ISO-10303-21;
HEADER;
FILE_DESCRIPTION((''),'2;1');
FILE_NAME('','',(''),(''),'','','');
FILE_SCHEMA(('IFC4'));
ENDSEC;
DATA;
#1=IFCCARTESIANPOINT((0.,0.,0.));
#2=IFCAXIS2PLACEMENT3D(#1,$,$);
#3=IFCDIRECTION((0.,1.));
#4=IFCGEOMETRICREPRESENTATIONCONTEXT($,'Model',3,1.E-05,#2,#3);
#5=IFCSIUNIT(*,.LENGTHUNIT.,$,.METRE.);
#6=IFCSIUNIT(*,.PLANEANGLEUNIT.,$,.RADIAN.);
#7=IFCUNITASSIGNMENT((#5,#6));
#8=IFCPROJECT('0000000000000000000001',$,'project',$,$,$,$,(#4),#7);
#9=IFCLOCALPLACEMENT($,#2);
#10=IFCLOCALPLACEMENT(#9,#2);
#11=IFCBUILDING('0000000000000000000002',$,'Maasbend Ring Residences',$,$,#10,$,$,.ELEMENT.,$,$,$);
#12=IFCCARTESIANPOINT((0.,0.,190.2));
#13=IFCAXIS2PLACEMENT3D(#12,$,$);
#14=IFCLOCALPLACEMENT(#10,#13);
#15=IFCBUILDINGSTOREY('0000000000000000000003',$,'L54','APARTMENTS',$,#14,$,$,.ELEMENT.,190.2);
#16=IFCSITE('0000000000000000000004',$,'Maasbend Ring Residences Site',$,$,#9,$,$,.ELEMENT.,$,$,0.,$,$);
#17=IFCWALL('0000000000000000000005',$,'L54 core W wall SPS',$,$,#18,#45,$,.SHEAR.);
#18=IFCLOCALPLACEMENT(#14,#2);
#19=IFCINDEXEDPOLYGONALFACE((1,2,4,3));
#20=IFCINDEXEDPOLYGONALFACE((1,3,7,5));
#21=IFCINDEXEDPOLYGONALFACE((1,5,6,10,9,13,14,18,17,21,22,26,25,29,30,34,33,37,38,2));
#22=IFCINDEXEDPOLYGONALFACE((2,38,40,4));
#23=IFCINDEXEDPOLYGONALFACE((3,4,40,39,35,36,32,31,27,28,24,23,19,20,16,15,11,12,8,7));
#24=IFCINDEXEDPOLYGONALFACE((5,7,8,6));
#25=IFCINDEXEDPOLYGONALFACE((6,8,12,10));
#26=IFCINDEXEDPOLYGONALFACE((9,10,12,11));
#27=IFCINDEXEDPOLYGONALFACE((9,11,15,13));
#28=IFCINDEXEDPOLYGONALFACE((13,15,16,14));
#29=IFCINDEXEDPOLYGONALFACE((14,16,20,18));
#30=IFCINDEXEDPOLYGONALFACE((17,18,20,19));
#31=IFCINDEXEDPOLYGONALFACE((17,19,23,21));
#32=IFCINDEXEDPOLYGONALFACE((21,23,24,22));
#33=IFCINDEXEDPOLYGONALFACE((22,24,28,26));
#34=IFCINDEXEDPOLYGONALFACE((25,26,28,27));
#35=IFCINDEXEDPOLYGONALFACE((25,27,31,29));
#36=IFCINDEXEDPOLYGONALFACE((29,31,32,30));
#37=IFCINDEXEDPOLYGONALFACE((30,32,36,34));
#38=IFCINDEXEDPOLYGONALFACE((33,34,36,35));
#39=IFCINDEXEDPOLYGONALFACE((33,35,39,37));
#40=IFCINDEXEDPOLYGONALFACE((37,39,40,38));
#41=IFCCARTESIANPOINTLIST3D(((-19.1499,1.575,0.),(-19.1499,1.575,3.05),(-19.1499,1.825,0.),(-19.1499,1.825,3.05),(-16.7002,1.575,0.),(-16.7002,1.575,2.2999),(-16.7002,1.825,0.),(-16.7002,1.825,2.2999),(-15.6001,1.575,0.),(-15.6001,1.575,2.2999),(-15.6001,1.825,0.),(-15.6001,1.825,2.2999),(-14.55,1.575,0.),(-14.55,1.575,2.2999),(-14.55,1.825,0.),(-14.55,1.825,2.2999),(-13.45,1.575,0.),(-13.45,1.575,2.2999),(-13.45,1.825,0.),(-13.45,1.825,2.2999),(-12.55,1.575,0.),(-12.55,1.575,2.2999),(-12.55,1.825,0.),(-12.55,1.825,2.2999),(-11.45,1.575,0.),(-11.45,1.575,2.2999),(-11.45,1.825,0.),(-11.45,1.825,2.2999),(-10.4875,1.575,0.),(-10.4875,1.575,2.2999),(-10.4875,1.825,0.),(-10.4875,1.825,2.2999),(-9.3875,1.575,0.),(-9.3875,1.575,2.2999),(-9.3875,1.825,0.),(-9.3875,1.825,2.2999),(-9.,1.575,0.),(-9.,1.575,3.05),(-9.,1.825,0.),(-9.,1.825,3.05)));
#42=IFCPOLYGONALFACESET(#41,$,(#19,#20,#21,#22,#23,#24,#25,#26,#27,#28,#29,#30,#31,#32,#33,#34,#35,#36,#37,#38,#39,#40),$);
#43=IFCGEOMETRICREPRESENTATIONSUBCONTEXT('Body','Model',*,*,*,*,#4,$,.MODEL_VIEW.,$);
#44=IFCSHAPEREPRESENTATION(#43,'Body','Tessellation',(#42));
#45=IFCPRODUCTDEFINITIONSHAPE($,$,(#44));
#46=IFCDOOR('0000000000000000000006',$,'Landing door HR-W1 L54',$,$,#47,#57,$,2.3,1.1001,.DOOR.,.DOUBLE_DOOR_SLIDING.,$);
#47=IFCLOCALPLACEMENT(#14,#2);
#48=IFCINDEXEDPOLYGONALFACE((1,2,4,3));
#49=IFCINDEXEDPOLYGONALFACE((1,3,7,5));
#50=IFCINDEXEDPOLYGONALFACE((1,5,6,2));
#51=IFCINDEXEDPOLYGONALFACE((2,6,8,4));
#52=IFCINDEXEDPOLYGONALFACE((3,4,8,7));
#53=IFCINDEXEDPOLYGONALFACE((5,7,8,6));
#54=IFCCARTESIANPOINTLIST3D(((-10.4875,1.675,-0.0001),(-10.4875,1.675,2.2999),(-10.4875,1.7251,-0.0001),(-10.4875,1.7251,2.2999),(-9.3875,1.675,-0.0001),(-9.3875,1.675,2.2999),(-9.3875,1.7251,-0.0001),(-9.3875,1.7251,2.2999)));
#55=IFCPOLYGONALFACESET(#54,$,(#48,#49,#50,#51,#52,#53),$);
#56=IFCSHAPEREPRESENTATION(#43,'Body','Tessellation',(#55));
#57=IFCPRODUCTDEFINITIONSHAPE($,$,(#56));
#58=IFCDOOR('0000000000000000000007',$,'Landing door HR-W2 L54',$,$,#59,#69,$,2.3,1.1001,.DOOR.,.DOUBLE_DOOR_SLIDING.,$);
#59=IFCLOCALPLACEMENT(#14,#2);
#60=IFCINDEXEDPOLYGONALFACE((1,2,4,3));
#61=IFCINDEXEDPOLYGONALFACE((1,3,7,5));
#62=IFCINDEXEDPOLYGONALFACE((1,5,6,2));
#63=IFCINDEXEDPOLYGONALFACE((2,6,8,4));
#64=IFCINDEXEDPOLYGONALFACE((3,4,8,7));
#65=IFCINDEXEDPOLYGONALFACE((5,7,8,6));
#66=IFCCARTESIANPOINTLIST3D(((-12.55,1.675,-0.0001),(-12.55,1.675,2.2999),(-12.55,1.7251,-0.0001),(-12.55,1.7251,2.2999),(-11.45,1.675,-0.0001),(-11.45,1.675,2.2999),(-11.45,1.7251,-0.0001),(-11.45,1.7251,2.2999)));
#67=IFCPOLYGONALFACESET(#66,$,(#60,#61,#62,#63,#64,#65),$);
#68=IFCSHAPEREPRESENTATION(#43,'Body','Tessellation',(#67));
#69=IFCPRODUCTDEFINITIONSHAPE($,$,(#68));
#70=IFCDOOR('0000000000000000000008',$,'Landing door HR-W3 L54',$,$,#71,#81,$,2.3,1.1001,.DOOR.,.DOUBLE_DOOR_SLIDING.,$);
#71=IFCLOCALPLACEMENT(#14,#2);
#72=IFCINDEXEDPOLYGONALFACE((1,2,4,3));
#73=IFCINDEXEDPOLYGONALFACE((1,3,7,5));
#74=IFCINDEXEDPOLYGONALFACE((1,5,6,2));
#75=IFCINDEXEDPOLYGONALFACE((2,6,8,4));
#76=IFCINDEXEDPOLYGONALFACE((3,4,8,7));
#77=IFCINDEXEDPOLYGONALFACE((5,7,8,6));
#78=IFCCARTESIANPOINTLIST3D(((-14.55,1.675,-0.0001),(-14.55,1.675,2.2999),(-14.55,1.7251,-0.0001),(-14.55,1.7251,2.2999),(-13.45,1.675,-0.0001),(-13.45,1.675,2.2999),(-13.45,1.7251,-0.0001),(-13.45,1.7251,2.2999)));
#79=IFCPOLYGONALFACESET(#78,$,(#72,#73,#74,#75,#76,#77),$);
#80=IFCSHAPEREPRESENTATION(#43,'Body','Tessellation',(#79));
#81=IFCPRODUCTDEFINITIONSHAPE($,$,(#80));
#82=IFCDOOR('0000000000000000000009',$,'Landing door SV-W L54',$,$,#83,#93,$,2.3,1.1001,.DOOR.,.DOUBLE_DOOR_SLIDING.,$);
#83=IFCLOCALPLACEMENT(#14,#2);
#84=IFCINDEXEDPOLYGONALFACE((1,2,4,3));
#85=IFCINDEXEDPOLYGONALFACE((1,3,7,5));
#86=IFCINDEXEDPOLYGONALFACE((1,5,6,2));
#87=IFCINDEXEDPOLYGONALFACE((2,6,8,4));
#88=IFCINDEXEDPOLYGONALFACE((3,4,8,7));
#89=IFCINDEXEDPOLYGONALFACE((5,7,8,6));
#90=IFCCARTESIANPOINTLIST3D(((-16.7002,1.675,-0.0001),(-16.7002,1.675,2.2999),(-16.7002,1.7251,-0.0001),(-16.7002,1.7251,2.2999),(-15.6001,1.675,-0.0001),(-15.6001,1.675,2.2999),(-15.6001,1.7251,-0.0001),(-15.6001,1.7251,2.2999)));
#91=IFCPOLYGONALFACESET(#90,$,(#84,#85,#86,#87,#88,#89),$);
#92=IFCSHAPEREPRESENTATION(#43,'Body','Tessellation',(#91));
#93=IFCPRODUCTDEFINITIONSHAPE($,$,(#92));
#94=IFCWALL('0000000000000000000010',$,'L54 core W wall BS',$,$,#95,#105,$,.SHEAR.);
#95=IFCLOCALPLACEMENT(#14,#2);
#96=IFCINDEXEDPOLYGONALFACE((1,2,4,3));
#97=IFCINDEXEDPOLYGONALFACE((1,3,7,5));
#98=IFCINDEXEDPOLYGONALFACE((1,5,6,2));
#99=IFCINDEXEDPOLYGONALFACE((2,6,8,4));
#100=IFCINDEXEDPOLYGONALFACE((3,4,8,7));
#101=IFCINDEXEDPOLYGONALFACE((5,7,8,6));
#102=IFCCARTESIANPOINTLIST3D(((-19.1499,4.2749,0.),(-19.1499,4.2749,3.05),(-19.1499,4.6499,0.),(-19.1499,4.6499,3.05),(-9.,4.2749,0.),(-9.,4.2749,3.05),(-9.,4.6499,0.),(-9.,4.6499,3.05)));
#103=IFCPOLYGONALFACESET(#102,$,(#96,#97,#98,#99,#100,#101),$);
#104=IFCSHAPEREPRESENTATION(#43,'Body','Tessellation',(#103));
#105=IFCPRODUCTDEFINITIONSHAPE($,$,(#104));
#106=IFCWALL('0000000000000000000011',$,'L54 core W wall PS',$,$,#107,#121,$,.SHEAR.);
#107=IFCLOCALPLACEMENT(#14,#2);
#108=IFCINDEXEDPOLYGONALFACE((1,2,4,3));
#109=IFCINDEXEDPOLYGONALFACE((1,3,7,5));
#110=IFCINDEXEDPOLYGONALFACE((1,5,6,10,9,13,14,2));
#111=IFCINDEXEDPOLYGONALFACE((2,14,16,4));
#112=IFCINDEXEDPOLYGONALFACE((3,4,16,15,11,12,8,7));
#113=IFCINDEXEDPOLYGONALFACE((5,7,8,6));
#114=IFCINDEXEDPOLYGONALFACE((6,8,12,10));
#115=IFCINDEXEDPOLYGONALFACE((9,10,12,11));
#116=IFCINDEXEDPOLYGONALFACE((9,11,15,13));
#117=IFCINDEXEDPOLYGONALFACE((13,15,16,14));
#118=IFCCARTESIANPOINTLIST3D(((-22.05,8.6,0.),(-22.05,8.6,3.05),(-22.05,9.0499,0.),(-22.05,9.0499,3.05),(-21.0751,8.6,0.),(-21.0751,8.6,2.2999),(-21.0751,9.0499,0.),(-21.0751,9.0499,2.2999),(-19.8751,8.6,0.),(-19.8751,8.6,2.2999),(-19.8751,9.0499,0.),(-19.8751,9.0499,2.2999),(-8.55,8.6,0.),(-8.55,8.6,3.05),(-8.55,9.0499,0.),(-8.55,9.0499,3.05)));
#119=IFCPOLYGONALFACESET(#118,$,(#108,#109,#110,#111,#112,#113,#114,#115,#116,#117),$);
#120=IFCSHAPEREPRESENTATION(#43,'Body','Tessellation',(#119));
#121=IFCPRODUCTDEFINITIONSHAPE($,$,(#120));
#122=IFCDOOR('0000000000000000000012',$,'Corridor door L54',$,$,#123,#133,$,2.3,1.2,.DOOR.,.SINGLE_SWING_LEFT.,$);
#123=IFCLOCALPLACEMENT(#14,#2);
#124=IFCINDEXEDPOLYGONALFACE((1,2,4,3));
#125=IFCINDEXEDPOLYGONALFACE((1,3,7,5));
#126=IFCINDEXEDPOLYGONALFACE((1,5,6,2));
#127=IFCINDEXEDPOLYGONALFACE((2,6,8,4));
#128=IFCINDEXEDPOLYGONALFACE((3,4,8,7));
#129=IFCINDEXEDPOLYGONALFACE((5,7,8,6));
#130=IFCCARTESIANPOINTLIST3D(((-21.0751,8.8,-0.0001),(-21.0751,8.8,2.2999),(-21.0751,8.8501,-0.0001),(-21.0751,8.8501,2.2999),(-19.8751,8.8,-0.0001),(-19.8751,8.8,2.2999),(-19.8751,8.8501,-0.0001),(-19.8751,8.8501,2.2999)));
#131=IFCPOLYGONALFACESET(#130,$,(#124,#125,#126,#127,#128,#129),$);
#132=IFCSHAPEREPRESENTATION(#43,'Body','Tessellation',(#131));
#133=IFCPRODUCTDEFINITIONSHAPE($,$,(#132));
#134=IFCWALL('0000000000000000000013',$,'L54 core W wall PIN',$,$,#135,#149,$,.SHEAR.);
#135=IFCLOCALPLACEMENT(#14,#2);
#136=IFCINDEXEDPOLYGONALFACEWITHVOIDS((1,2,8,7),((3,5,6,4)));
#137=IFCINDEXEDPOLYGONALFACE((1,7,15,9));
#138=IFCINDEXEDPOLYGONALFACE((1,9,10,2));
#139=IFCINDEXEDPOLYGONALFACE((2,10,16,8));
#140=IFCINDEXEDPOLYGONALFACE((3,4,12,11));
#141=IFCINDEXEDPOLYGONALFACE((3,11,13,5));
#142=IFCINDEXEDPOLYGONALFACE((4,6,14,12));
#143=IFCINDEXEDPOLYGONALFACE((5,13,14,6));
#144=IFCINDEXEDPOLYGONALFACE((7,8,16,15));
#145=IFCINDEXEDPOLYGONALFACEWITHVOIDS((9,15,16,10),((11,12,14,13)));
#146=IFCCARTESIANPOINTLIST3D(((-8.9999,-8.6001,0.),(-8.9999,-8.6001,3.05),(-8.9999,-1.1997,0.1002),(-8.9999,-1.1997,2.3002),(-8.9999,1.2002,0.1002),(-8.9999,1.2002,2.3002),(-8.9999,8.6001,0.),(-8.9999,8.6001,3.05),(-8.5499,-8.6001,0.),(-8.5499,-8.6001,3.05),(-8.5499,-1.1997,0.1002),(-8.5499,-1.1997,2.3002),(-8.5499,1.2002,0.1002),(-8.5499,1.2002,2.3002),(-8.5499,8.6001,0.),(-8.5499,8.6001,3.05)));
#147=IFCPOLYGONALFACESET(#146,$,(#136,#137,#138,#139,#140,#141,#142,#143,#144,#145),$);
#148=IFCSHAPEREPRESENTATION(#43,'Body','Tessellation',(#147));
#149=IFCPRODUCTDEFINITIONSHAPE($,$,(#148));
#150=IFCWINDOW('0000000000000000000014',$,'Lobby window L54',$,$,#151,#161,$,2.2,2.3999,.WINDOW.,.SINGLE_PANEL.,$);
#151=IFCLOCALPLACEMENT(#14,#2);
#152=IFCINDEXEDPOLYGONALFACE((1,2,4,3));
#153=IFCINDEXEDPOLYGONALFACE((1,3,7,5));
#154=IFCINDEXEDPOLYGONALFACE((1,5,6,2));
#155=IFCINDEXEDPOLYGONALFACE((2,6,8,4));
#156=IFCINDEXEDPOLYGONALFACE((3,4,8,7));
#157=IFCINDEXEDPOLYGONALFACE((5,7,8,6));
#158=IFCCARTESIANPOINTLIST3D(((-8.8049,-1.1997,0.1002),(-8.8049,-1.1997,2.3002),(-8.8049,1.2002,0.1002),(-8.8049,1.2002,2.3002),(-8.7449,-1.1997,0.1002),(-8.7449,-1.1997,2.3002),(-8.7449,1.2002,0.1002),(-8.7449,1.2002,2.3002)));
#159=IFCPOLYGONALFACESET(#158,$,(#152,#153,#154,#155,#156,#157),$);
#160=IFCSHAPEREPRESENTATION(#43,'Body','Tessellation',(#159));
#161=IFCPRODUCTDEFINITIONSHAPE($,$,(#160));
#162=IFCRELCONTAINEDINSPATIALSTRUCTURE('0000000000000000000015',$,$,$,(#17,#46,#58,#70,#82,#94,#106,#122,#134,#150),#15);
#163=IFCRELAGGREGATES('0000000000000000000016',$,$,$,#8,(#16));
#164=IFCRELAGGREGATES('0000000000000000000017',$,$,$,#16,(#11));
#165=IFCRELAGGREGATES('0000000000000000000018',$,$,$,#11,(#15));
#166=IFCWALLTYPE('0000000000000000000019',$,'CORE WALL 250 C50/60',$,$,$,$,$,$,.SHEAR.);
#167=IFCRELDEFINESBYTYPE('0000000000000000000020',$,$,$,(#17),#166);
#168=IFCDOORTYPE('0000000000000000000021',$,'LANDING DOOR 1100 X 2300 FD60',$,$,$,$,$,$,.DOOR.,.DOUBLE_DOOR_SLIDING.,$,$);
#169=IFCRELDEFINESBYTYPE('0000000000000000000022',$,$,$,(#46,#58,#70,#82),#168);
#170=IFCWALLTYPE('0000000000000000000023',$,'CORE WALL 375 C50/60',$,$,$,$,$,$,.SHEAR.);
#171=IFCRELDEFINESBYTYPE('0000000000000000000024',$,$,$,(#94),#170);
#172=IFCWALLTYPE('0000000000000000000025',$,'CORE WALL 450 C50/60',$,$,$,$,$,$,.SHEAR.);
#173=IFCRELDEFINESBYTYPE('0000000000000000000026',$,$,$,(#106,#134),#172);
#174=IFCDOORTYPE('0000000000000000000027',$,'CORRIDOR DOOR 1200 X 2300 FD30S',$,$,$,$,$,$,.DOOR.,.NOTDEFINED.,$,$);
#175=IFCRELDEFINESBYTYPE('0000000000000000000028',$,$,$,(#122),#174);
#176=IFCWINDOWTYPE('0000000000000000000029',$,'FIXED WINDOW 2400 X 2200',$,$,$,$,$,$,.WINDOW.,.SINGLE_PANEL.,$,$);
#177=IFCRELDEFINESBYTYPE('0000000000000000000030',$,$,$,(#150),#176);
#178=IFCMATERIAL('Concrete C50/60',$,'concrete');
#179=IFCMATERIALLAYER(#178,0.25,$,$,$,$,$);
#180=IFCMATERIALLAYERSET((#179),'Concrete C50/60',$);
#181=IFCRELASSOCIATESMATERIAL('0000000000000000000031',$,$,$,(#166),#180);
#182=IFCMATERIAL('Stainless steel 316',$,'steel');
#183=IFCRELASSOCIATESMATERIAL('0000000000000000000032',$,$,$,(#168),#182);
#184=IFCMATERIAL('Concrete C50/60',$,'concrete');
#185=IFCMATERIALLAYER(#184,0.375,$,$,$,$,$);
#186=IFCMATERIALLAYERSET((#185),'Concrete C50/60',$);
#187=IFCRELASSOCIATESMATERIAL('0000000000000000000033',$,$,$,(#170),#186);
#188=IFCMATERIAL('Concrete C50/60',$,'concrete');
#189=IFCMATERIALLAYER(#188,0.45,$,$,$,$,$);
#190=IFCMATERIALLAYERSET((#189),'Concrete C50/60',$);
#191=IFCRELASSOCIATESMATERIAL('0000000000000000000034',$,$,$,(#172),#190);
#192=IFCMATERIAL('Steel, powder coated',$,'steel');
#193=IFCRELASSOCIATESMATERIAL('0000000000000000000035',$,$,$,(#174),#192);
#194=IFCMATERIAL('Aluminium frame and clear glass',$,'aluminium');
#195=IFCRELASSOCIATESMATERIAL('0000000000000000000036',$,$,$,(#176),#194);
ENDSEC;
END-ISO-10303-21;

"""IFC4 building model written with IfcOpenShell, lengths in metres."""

from ifc_helpers import new_model, si_unit, direction, frame, frame_2d, origin, place, context, subcontext, project, spatial, rectangle, extrude, material, layer, layer_set, type_object, element, fill, save


model = new_model("IFC4")

# Units and contexts
model_context = context("Model", 3, precision=1e-05, world=origin(), true_north=direction((0.0, 1.0)))
body_context = subcontext(model_context, "Body", "Model", "MODEL_VIEW")
ifc_project = project(units=[si_unit("LENGTHUNIT", "METRE"), si_unit("PLANEANGLEUNIT", "RADIAN")], contexts=[model_context])

# Site, building, storey
site_placement = place(None, origin())
site = spatial("IfcSite", under=ifc_project, at=site_placement, Name="Maasbend Ring Residences Site", CompositionType="ELEMENT", RefElevation=0.0)
building_placement = place(site_placement, origin())
building = spatial("IfcBuilding", under=site, at=building_placement, Name="Maasbend Ring Residences", CompositionType="ELEMENT")
storey_placement = place(building_placement, frame((0.0, 0.0, 190.2)))
storey = spatial("IfcBuildingStorey", under=building, at=storey_placement, Name="L54", Description="APARTMENTS", CompositionType="ELEMENT", Elevation=190.2)

# Wall, openings, doors
ifc_material_1 = material(Name="Concrete C50/60", Category="concrete")
ifc_layer_1 = layer(ifc_material_1, 0.25)
ifc_layer_set_1 = layer_set([ifc_layer_1], Name="Concrete C50/60")
wall_type_1 = type_object("IfcWallType", Name="CORE WALL 250 C50/60", PredefinedType="SHEAR", material=ifc_layer_set_1)
wall_1_placement = place(storey_placement, frame((-9.0, 1.7, 0.0), z_axis=(0.0, 0.0, 1.0), x_axis=(-1.0, 0.0, 0.0)))
wall_1 = element("IfcWall", 1, at=wall_1_placement, inside=storey, type_object=wall_type_1, Name="L54 core W wall SPS", PredefinedType="SHEAR", context=body_context, shape_type="SweptSolid", body=[
    extrude(rectangle(XDim=10.1499, YDim=0.25, at=frame_2d((5.075, 0.0))), origin(), (0.0, 0.0, 1.0), 3.05),
])
opening_1_placement = place(wall_1_placement, frame((0.3875, 0.0, 0.0)))
opening_1 = element("IfcOpeningElement", 2, at=opening_1_placement, cuts=wall_1, PredefinedType="OPENING", context=body_context, shape_type="SweptSolid", body=[
    extrude(rectangle(XDim=1.1001, YDim=2.3, at=frame_2d((0.55, 1.1499))), frame((0.0, 0.135, 0.0), z_axis=(0.0, -1.0, 0.0), x_axis=(1.0, 0.0, 0.0)), (0.0, 0.0, 1.0), 0.27),
])
opening_2_placement = place(wall_1_placement, frame((2.45, 0.0, 0.0)))
opening_2 = element("IfcOpeningElement", 3, at=opening_2_placement, cuts=wall_1, PredefinedType="OPENING", context=body_context, shape_type="SweptSolid", body=[
    extrude(rectangle(XDim=1.1001, YDim=2.3, at=frame_2d((0.55, 1.1499))), frame((0.0, 0.135, 0.0), z_axis=(0.0, -1.0, 0.0), x_axis=(1.0, 0.0, 0.0)), (0.0, 0.0, 1.0), 0.27),
])
opening_3_placement = place(wall_1_placement, frame((4.45, 0.0, 0.0)))
opening_3 = element("IfcOpeningElement", 4, at=opening_3_placement, cuts=wall_1, PredefinedType="OPENING", context=body_context, shape_type="SweptSolid", body=[
    extrude(rectangle(XDim=1.1001, YDim=2.3, at=frame_2d((0.55, 1.1499))), frame((0.0, 0.135, 0.0), z_axis=(0.0, -1.0, 0.0), x_axis=(1.0, 0.0, 0.0)), (0.0, 0.0, 1.0), 0.27),
])
opening_4_placement = place(wall_1_placement, frame((6.6001, 0.0, 0.0)))
opening_4 = element("IfcOpeningElement", 5, at=opening_4_placement, cuts=wall_1, PredefinedType="OPENING", context=body_context, shape_type="SweptSolid", body=[
    extrude(rectangle(XDim=1.1001, YDim=2.3, at=frame_2d((0.55, 1.1499))), frame((0.0, 0.135, 0.0), z_axis=(0.0, -1.0, 0.0), x_axis=(1.0, 0.0, 0.0)), (0.0, 0.0, 1.0), 0.27),
])
ifc_material_2 = material(Name="Stainless steel 316", Category="steel")
door_type_1 = type_object("IfcDoorType", Name="LANDING DOOR 1100 X 2300 FD60", OperationType="DOUBLE_DOOR_SLIDING", PredefinedType="DOOR", material=ifc_material_2)
door_1_placement = place(opening_1_placement, origin())
door_1 = element("IfcDoor", 6, at=door_1_placement, inside=storey, type_object=door_type_1, Name="Landing door HR-W1 L54", OperationType="DOUBLE_DOOR_SLIDING", OverallHeight=2.3, OverallWidth=1.1001, PredefinedType="DOOR", context=body_context, shape_type="SweptSolid", body=[
    extrude(rectangle(XDim=1.1001, YDim=2.3, at=frame_2d((0.55, 1.1499))), frame((0.0, 0.0249, 0.0), z_axis=(0.0, -1.0, 0.0), x_axis=(1.0, 0.0, 0.0)), (0.0, 0.0, 1.0), 0.05),
])
fill(opening_1, door_1)
door_2_placement = place(opening_2_placement, origin())
door_2 = element("IfcDoor", 7, at=door_2_placement, inside=storey, type_object=door_type_1, Name="Landing door HR-W2 L54", OperationType="DOUBLE_DOOR_SLIDING", OverallHeight=2.3, OverallWidth=1.1001, PredefinedType="DOOR", context=body_context, shape_type="SweptSolid", body=[
    extrude(rectangle(XDim=1.1001, YDim=2.3, at=frame_2d((0.55, 1.1499))), frame((0.0, 0.0249, 0.0), z_axis=(0.0, -1.0, 0.0), x_axis=(1.0, 0.0, 0.0)), (0.0, 0.0, 1.0), 0.05),
])
fill(opening_2, door_2)
door_3_placement = place(opening_3_placement, origin())
door_3 = element("IfcDoor", 8, at=door_3_placement, inside=storey, type_object=door_type_1, Name="Landing door HR-W3 L54", OperationType="DOUBLE_DOOR_SLIDING", OverallHeight=2.3, OverallWidth=1.1001, PredefinedType="DOOR", context=body_context, shape_type="SweptSolid", body=[
    extrude(rectangle(XDim=1.1001, YDim=2.3, at=frame_2d((0.55, 1.1499))), frame((0.0, 0.0249, 0.0), z_axis=(0.0, -1.0, 0.0), x_axis=(1.0, 0.0, 0.0)), (0.0, 0.0, 1.0), 0.05),
])
fill(opening_3, door_3)
door_4_placement = place(opening_4_placement, origin())
door_4 = element("IfcDoor", 9, at=door_4_placement, inside=storey, type_object=door_type_1, Name="Landing door SV-W L54", OperationType="DOUBLE_DOOR_SLIDING", OverallHeight=2.3, OverallWidth=1.1001, PredefinedType="DOOR", context=body_context, shape_type="SweptSolid", body=[
    extrude(rectangle(XDim=1.1001, YDim=2.3, at=frame_2d((0.55, 1.1499))), frame((0.0, 0.0249, 0.0), z_axis=(0.0, -1.0, 0.0), x_axis=(1.0, 0.0, 0.0)), (0.0, 0.0, 1.0), 0.05),
])
fill(opening_4, door_4)

# Wall
ifc_material_3 = material(Name="Concrete C50/60", Category="concrete")
ifc_layer_2 = layer(ifc_material_3, 0.375)
ifc_layer_set_2 = layer_set([ifc_layer_2], Name="Concrete C50/60")
wall_type_2 = type_object("IfcWallType", Name="CORE WALL 375 C50/60", PredefinedType="SHEAR", material=ifc_layer_set_2)
wall_2_placement = place(storey_placement, frame((-9.0, 4.4624, 0.0), z_axis=(0.0, 0.0, 1.0), x_axis=(-1.0, 0.0, 0.0)))
element("IfcWall", 10, at=wall_2_placement, inside=storey, type_object=wall_type_2, Name="L54 core W wall BS", PredefinedType="SHEAR", context=body_context, shape_type="SweptSolid", body=[
    extrude(rectangle(XDim=10.1499, YDim=0.375, at=frame_2d((5.075, 0.0))), origin(), (0.0, 0.0, 1.0), 3.05),
])

# Wall, opening, door
ifc_material_4 = material(Name="Concrete C50/60", Category="concrete")
ifc_layer_3 = layer(ifc_material_4, 0.45)
ifc_layer_set_3 = layer_set([ifc_layer_3], Name="Concrete C50/60")
wall_type_3 = type_object("IfcWallType", Name="CORE WALL 450 C50/60", PredefinedType="SHEAR", material=ifc_layer_set_3)
wall_3_placement = place(storey_placement, frame((-8.55, 8.825, 0.0), z_axis=(0.0, 0.0, 1.0), x_axis=(-1.0, 0.0, 0.0)))
wall_3 = element("IfcWall", 11, at=wall_3_placement, inside=storey, type_object=wall_type_3, Name="L54 core W wall PS", PredefinedType="SHEAR", context=body_context, shape_type="SweptSolid", body=[
    extrude(rectangle(XDim=13.5, YDim=0.45, at=frame_2d((6.75, 0.0))), origin(), (0.0, 0.0, 1.0), 3.05),
])
opening_5_placement = place(wall_3_placement, frame((11.325, 0.0, 0.0)))
opening_5 = element("IfcOpeningElement", 12, at=opening_5_placement, cuts=wall_3, PredefinedType="OPENING", context=body_context, shape_type="SweptSolid", body=[
    extrude(rectangle(XDim=1.2, YDim=2.3, at=frame_2d((0.6001, 1.1499))), frame((0.0, 0.2349, 0.0), z_axis=(0.0, -1.0, 0.0), x_axis=(1.0, 0.0, 0.0)), (0.0, 0.0, 1.0), 0.47),
])
ifc_material_5 = material(Name="Steel, powder coated", Category="steel")
door_type_2 = type_object("IfcDoorType", Name="CORRIDOR DOOR 1200 X 2300 FD30S", OperationType="NOTDEFINED", PredefinedType="DOOR", material=ifc_material_5)
door_5_placement = place(opening_5_placement, origin())
door_5 = element("IfcDoor", 13, at=door_5_placement, inside=storey, type_object=door_type_2, Name="Corridor door L54", OperationType="SINGLE_SWING_LEFT", OverallHeight=2.3, OverallWidth=1.2, PredefinedType="DOOR", context=body_context, shape_type="SweptSolid", body=[
    extrude(rectangle(XDim=1.2, YDim=2.3, at=frame_2d((0.6001, 1.1499))), frame((0.0, 0.0249, 0.0), z_axis=(0.0, -1.0, 0.0), x_axis=(1.0, 0.0, 0.0)), (0.0, 0.0, 1.0), 0.05),
])
fill(opening_5, door_5)

# Wall, opening, window
wall_4_placement = place(storey_placement, frame((-8.7749, 8.6001, 0.0), z_axis=(0.0, 0.0, 1.0), x_axis=(0.0, -1.0, 0.0)))
wall_4 = element("IfcWall", 14, at=wall_4_placement, inside=storey, type_object=wall_type_3, Name="L54 core W wall PIN", PredefinedType="SHEAR", context=body_context, shape_type="SweptSolid", body=[
    extrude(rectangle(XDim=17.2002, YDim=0.45, at=frame_2d((8.6001, 0.0))), origin(), (0.0, 0.0, 1.0), 3.05),
])
opening_6_placement = place(wall_4_placement, frame((7.3999, 0.0, 0.1001)))
opening_6 = element("IfcOpeningElement", 15, at=opening_6_placement, cuts=wall_4, PredefinedType="OPENING", context=body_context, shape_type="SweptSolid", body=[
    extrude(rectangle(XDim=2.3999, YDim=2.2, at=frame_2d((1.2, 1.1001))), frame((0.0, 0.2349, 0.0), z_axis=(0.0, -1.0, 0.0), x_axis=(1.0, 0.0, 0.0)), (0.0, 0.0, 1.0), 0.47),
])
ifc_material_6 = material(Name="Aluminium frame and clear glass", Category="aluminium")
window_type = type_object("IfcWindowType", Name="FIXED WINDOW 2400 X 2200", PartitioningType="SINGLE_PANEL", PredefinedType="WINDOW", material=ifc_material_6)
window_placement = place(opening_6_placement, origin())
window = element("IfcWindow", 16, at=window_placement, inside=storey, type_object=window_type, Name="Lobby window L54", OverallHeight=2.2, OverallWidth=2.3999, PartitioningType="SINGLE_PANEL", PredefinedType="WINDOW", context=body_context, shape_type="SweptSolid", body=[
    extrude(rectangle(XDim=2.3999, YDim=2.2, at=frame_2d((1.2, 1.1001))), frame((0.0, 0.03, 0.0), z_axis=(0.0, -1.0, 0.0), x_axis=(1.0, 0.0, 0.0)), (0.0, 0.0, 1.0), 0.0601),
])
fill(opening_6, window)

save(model, "model.ifc")
